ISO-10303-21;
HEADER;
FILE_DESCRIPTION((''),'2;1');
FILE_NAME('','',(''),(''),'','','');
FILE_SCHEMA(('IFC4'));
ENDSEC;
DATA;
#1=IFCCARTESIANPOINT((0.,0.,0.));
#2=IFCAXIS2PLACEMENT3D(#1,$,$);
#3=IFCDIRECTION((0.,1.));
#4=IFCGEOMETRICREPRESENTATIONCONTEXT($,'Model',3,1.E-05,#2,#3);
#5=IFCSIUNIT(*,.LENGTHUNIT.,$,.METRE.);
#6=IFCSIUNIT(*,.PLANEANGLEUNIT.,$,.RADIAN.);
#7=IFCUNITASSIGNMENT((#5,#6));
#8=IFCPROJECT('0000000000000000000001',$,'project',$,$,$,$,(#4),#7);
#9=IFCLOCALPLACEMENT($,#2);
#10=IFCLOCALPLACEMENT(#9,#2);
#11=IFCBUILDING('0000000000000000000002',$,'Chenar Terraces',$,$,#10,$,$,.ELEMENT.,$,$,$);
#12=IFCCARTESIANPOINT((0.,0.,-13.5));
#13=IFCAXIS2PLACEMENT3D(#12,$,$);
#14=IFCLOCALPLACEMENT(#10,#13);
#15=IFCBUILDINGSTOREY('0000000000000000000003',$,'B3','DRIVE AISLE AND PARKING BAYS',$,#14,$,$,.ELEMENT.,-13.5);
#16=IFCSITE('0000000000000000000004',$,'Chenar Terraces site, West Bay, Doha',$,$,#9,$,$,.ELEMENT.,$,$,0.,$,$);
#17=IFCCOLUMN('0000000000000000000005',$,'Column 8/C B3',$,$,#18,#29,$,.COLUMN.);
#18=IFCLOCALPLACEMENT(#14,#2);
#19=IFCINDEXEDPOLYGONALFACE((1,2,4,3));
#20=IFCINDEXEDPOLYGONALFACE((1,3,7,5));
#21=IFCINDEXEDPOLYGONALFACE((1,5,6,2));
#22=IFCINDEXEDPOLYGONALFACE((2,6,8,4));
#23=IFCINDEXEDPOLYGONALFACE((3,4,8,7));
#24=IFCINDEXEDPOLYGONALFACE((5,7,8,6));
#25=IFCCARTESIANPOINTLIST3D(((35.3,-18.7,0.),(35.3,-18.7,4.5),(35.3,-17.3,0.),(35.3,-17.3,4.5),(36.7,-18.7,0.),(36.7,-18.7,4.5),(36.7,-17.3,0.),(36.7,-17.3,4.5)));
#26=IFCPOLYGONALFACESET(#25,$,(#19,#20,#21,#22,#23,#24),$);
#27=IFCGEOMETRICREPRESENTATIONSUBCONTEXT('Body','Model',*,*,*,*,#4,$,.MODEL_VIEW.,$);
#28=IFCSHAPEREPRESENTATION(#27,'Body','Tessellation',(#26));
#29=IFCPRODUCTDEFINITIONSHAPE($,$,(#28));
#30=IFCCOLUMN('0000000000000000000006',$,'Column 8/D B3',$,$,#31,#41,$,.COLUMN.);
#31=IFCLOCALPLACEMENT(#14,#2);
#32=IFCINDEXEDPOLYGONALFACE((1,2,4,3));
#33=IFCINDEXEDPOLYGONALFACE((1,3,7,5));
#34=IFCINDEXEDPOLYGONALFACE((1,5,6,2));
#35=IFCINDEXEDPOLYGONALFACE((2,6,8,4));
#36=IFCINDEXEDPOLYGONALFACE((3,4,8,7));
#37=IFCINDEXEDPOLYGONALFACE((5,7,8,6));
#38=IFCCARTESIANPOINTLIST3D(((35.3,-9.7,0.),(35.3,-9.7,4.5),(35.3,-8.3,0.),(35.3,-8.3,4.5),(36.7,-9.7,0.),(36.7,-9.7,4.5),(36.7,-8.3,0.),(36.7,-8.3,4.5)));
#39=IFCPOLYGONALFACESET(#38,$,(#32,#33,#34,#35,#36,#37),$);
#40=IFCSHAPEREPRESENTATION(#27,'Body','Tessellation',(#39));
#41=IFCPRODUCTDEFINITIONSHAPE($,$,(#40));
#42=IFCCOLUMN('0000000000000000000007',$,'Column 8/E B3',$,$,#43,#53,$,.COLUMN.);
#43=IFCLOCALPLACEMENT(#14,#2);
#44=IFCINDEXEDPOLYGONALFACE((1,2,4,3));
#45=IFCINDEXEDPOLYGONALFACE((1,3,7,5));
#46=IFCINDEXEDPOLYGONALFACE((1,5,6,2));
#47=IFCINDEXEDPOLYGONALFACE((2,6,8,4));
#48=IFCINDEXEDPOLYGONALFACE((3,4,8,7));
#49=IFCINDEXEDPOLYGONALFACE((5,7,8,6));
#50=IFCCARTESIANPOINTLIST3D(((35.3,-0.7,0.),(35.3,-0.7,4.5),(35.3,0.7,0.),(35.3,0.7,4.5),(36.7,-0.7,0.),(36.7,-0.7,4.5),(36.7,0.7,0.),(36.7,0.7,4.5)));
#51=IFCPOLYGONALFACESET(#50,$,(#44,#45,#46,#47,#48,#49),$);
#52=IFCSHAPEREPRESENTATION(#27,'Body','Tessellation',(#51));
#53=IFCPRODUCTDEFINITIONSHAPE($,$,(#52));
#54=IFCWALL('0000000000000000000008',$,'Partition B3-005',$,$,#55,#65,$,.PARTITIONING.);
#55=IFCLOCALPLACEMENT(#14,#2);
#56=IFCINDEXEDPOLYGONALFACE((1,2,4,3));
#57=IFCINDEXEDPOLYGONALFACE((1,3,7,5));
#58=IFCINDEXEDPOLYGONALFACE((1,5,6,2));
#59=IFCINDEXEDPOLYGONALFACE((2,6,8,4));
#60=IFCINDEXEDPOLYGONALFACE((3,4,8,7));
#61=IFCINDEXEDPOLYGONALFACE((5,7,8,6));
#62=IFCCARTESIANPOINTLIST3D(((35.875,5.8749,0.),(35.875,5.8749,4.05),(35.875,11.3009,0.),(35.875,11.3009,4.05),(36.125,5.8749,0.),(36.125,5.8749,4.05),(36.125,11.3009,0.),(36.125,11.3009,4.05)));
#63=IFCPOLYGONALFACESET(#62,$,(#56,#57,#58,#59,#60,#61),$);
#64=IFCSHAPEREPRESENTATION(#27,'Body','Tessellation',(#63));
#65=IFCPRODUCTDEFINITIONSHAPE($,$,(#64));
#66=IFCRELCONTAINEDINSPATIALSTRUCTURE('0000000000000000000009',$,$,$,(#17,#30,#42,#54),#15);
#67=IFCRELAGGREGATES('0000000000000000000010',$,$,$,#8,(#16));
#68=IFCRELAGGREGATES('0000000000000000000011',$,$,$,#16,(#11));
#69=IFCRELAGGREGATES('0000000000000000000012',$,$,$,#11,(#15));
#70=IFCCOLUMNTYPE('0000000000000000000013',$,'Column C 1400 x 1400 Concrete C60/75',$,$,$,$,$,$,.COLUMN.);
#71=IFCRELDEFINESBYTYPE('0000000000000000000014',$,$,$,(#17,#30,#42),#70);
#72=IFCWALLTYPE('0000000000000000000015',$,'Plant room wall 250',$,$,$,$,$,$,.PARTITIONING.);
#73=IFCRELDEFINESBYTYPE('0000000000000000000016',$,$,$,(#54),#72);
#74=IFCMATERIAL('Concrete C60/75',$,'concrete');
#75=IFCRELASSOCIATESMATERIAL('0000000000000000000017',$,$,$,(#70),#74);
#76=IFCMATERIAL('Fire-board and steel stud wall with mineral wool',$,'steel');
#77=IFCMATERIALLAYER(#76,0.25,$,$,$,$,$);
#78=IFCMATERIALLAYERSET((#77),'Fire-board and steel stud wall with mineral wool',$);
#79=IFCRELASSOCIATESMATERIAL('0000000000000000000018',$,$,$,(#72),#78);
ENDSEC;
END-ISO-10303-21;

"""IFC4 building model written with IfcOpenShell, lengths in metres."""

from ifc_helpers import new_model, si_unit, direction, frame, frame_2d, origin, origin_2d, place, context, subcontext, project, spatial, rectangle, extrude, material, layer, layer_set, material_profile, profile_set, type_object, element, save


model = new_model("IFC4")

# Units and contexts
model_context = context("Model", 3, precision=1e-05, world=origin(), true_north=direction((0.0, 1.0)))
body_context = subcontext(model_context, "Body", "Model", "MODEL_VIEW")
ifc_project = project(units=[si_unit("LENGTHUNIT", "METRE"), si_unit("PLANEANGLEUNIT", "RADIAN")], contexts=[model_context])

# Site, building, storey
site_placement = place(None, origin())
site = spatial("IfcSite", under=ifc_project, at=site_placement, Name="Chenar Terraces site, West Bay, Doha", CompositionType="ELEMENT", RefElevation=0.0)
building_placement = place(site_placement, origin())
building = spatial("IfcBuilding", under=site, at=building_placement, Name="Chenar Terraces", CompositionType="ELEMENT")
storey_placement = place(building_placement, frame((0.0, 0.0, -13.5)))
storey = spatial("IfcBuildingStorey", under=building, at=storey_placement, Name="B3", Description="DRIVE AISLE AND PARKING BAYS", CompositionType="ELEMENT", Elevation=-13.5)

# Columns
ifc_material_1 = material(Name="Concrete C60/75", Category="concrete")
ifc_material_profile_1 = material_profile(ifc_material_1, rectangle(XDim=1.3999, YDim=1.3999, at=origin_2d()), Name="C 1400 x 1400")
ifc_profile_set_1 = profile_set([ifc_material_profile_1], Name="Concrete C60/75")
column_type = type_object("IfcColumnType", Name="Column C 1400 x 1400 Concrete C60/75", PredefinedType="COLUMN", material=ifc_profile_set_1)
for number, where, z_axis, x_axis, name in (
    (1, (36.0, -18.0, 0.0), (0.0, 0.0, 1.0), (1.0, 0.0, 0.0), "Column 8/C B3"),
    (2, (36.0, -9.0, 0.0), (0.0, 0.0, 1.0), (1.0, 0.0, 0.0), "Column 8/D B3"),
    (3, (36.0, 0.0, 0.0), (0.0, 0.0, 1.0), (1.0, 0.0, 0.0), "Column 8/E B3"),
):
    element("IfcColumn", number, at=place(storey_placement, frame(where, z_axis=z_axis, x_axis=x_axis)), inside=storey, type_object=column_type, Name=name, PredefinedType="COLUMN", context=body_context, shape_type="SweptSolid", body=[
        extrude(rectangle(XDim=1.3999, YDim=1.3999, at=origin_2d()), origin(), (0.0, 0.0, 1.0), 4.5),
    ])

# Wall
ifc_material_2 = material(Name="Fire-board and steel stud wall with mineral wool", Category="steel")
ifc_layer = layer(ifc_material_2, 0.25)
ifc_layer_set = layer_set([ifc_layer], Name="Fire-board and steel stud wall with mineral wool")
wall_type = type_object("IfcWallType", Name="Plant room wall 250", PredefinedType="PARTITIONING", material=ifc_layer_set)
wall_placement = place(storey_placement, frame((36.0, 5.875, 0.0), z_axis=(0.0, 0.0, 1.0), x_axis=(0.0, 1.0, 0.0)))
element("IfcWall", 4, at=wall_placement, inside=storey, type_object=wall_type, Name="Partition B3-005", PredefinedType="PARTITIONING", context=body_context, shape_type="SweptSolid", body=[
    extrude(rectangle(XDim=5.426, YDim=0.25, at=frame_2d((2.7129, 0.0))), origin(), (0.0, 0.0, 1.0), 4.05),
])

save(model, "model.ifc")
